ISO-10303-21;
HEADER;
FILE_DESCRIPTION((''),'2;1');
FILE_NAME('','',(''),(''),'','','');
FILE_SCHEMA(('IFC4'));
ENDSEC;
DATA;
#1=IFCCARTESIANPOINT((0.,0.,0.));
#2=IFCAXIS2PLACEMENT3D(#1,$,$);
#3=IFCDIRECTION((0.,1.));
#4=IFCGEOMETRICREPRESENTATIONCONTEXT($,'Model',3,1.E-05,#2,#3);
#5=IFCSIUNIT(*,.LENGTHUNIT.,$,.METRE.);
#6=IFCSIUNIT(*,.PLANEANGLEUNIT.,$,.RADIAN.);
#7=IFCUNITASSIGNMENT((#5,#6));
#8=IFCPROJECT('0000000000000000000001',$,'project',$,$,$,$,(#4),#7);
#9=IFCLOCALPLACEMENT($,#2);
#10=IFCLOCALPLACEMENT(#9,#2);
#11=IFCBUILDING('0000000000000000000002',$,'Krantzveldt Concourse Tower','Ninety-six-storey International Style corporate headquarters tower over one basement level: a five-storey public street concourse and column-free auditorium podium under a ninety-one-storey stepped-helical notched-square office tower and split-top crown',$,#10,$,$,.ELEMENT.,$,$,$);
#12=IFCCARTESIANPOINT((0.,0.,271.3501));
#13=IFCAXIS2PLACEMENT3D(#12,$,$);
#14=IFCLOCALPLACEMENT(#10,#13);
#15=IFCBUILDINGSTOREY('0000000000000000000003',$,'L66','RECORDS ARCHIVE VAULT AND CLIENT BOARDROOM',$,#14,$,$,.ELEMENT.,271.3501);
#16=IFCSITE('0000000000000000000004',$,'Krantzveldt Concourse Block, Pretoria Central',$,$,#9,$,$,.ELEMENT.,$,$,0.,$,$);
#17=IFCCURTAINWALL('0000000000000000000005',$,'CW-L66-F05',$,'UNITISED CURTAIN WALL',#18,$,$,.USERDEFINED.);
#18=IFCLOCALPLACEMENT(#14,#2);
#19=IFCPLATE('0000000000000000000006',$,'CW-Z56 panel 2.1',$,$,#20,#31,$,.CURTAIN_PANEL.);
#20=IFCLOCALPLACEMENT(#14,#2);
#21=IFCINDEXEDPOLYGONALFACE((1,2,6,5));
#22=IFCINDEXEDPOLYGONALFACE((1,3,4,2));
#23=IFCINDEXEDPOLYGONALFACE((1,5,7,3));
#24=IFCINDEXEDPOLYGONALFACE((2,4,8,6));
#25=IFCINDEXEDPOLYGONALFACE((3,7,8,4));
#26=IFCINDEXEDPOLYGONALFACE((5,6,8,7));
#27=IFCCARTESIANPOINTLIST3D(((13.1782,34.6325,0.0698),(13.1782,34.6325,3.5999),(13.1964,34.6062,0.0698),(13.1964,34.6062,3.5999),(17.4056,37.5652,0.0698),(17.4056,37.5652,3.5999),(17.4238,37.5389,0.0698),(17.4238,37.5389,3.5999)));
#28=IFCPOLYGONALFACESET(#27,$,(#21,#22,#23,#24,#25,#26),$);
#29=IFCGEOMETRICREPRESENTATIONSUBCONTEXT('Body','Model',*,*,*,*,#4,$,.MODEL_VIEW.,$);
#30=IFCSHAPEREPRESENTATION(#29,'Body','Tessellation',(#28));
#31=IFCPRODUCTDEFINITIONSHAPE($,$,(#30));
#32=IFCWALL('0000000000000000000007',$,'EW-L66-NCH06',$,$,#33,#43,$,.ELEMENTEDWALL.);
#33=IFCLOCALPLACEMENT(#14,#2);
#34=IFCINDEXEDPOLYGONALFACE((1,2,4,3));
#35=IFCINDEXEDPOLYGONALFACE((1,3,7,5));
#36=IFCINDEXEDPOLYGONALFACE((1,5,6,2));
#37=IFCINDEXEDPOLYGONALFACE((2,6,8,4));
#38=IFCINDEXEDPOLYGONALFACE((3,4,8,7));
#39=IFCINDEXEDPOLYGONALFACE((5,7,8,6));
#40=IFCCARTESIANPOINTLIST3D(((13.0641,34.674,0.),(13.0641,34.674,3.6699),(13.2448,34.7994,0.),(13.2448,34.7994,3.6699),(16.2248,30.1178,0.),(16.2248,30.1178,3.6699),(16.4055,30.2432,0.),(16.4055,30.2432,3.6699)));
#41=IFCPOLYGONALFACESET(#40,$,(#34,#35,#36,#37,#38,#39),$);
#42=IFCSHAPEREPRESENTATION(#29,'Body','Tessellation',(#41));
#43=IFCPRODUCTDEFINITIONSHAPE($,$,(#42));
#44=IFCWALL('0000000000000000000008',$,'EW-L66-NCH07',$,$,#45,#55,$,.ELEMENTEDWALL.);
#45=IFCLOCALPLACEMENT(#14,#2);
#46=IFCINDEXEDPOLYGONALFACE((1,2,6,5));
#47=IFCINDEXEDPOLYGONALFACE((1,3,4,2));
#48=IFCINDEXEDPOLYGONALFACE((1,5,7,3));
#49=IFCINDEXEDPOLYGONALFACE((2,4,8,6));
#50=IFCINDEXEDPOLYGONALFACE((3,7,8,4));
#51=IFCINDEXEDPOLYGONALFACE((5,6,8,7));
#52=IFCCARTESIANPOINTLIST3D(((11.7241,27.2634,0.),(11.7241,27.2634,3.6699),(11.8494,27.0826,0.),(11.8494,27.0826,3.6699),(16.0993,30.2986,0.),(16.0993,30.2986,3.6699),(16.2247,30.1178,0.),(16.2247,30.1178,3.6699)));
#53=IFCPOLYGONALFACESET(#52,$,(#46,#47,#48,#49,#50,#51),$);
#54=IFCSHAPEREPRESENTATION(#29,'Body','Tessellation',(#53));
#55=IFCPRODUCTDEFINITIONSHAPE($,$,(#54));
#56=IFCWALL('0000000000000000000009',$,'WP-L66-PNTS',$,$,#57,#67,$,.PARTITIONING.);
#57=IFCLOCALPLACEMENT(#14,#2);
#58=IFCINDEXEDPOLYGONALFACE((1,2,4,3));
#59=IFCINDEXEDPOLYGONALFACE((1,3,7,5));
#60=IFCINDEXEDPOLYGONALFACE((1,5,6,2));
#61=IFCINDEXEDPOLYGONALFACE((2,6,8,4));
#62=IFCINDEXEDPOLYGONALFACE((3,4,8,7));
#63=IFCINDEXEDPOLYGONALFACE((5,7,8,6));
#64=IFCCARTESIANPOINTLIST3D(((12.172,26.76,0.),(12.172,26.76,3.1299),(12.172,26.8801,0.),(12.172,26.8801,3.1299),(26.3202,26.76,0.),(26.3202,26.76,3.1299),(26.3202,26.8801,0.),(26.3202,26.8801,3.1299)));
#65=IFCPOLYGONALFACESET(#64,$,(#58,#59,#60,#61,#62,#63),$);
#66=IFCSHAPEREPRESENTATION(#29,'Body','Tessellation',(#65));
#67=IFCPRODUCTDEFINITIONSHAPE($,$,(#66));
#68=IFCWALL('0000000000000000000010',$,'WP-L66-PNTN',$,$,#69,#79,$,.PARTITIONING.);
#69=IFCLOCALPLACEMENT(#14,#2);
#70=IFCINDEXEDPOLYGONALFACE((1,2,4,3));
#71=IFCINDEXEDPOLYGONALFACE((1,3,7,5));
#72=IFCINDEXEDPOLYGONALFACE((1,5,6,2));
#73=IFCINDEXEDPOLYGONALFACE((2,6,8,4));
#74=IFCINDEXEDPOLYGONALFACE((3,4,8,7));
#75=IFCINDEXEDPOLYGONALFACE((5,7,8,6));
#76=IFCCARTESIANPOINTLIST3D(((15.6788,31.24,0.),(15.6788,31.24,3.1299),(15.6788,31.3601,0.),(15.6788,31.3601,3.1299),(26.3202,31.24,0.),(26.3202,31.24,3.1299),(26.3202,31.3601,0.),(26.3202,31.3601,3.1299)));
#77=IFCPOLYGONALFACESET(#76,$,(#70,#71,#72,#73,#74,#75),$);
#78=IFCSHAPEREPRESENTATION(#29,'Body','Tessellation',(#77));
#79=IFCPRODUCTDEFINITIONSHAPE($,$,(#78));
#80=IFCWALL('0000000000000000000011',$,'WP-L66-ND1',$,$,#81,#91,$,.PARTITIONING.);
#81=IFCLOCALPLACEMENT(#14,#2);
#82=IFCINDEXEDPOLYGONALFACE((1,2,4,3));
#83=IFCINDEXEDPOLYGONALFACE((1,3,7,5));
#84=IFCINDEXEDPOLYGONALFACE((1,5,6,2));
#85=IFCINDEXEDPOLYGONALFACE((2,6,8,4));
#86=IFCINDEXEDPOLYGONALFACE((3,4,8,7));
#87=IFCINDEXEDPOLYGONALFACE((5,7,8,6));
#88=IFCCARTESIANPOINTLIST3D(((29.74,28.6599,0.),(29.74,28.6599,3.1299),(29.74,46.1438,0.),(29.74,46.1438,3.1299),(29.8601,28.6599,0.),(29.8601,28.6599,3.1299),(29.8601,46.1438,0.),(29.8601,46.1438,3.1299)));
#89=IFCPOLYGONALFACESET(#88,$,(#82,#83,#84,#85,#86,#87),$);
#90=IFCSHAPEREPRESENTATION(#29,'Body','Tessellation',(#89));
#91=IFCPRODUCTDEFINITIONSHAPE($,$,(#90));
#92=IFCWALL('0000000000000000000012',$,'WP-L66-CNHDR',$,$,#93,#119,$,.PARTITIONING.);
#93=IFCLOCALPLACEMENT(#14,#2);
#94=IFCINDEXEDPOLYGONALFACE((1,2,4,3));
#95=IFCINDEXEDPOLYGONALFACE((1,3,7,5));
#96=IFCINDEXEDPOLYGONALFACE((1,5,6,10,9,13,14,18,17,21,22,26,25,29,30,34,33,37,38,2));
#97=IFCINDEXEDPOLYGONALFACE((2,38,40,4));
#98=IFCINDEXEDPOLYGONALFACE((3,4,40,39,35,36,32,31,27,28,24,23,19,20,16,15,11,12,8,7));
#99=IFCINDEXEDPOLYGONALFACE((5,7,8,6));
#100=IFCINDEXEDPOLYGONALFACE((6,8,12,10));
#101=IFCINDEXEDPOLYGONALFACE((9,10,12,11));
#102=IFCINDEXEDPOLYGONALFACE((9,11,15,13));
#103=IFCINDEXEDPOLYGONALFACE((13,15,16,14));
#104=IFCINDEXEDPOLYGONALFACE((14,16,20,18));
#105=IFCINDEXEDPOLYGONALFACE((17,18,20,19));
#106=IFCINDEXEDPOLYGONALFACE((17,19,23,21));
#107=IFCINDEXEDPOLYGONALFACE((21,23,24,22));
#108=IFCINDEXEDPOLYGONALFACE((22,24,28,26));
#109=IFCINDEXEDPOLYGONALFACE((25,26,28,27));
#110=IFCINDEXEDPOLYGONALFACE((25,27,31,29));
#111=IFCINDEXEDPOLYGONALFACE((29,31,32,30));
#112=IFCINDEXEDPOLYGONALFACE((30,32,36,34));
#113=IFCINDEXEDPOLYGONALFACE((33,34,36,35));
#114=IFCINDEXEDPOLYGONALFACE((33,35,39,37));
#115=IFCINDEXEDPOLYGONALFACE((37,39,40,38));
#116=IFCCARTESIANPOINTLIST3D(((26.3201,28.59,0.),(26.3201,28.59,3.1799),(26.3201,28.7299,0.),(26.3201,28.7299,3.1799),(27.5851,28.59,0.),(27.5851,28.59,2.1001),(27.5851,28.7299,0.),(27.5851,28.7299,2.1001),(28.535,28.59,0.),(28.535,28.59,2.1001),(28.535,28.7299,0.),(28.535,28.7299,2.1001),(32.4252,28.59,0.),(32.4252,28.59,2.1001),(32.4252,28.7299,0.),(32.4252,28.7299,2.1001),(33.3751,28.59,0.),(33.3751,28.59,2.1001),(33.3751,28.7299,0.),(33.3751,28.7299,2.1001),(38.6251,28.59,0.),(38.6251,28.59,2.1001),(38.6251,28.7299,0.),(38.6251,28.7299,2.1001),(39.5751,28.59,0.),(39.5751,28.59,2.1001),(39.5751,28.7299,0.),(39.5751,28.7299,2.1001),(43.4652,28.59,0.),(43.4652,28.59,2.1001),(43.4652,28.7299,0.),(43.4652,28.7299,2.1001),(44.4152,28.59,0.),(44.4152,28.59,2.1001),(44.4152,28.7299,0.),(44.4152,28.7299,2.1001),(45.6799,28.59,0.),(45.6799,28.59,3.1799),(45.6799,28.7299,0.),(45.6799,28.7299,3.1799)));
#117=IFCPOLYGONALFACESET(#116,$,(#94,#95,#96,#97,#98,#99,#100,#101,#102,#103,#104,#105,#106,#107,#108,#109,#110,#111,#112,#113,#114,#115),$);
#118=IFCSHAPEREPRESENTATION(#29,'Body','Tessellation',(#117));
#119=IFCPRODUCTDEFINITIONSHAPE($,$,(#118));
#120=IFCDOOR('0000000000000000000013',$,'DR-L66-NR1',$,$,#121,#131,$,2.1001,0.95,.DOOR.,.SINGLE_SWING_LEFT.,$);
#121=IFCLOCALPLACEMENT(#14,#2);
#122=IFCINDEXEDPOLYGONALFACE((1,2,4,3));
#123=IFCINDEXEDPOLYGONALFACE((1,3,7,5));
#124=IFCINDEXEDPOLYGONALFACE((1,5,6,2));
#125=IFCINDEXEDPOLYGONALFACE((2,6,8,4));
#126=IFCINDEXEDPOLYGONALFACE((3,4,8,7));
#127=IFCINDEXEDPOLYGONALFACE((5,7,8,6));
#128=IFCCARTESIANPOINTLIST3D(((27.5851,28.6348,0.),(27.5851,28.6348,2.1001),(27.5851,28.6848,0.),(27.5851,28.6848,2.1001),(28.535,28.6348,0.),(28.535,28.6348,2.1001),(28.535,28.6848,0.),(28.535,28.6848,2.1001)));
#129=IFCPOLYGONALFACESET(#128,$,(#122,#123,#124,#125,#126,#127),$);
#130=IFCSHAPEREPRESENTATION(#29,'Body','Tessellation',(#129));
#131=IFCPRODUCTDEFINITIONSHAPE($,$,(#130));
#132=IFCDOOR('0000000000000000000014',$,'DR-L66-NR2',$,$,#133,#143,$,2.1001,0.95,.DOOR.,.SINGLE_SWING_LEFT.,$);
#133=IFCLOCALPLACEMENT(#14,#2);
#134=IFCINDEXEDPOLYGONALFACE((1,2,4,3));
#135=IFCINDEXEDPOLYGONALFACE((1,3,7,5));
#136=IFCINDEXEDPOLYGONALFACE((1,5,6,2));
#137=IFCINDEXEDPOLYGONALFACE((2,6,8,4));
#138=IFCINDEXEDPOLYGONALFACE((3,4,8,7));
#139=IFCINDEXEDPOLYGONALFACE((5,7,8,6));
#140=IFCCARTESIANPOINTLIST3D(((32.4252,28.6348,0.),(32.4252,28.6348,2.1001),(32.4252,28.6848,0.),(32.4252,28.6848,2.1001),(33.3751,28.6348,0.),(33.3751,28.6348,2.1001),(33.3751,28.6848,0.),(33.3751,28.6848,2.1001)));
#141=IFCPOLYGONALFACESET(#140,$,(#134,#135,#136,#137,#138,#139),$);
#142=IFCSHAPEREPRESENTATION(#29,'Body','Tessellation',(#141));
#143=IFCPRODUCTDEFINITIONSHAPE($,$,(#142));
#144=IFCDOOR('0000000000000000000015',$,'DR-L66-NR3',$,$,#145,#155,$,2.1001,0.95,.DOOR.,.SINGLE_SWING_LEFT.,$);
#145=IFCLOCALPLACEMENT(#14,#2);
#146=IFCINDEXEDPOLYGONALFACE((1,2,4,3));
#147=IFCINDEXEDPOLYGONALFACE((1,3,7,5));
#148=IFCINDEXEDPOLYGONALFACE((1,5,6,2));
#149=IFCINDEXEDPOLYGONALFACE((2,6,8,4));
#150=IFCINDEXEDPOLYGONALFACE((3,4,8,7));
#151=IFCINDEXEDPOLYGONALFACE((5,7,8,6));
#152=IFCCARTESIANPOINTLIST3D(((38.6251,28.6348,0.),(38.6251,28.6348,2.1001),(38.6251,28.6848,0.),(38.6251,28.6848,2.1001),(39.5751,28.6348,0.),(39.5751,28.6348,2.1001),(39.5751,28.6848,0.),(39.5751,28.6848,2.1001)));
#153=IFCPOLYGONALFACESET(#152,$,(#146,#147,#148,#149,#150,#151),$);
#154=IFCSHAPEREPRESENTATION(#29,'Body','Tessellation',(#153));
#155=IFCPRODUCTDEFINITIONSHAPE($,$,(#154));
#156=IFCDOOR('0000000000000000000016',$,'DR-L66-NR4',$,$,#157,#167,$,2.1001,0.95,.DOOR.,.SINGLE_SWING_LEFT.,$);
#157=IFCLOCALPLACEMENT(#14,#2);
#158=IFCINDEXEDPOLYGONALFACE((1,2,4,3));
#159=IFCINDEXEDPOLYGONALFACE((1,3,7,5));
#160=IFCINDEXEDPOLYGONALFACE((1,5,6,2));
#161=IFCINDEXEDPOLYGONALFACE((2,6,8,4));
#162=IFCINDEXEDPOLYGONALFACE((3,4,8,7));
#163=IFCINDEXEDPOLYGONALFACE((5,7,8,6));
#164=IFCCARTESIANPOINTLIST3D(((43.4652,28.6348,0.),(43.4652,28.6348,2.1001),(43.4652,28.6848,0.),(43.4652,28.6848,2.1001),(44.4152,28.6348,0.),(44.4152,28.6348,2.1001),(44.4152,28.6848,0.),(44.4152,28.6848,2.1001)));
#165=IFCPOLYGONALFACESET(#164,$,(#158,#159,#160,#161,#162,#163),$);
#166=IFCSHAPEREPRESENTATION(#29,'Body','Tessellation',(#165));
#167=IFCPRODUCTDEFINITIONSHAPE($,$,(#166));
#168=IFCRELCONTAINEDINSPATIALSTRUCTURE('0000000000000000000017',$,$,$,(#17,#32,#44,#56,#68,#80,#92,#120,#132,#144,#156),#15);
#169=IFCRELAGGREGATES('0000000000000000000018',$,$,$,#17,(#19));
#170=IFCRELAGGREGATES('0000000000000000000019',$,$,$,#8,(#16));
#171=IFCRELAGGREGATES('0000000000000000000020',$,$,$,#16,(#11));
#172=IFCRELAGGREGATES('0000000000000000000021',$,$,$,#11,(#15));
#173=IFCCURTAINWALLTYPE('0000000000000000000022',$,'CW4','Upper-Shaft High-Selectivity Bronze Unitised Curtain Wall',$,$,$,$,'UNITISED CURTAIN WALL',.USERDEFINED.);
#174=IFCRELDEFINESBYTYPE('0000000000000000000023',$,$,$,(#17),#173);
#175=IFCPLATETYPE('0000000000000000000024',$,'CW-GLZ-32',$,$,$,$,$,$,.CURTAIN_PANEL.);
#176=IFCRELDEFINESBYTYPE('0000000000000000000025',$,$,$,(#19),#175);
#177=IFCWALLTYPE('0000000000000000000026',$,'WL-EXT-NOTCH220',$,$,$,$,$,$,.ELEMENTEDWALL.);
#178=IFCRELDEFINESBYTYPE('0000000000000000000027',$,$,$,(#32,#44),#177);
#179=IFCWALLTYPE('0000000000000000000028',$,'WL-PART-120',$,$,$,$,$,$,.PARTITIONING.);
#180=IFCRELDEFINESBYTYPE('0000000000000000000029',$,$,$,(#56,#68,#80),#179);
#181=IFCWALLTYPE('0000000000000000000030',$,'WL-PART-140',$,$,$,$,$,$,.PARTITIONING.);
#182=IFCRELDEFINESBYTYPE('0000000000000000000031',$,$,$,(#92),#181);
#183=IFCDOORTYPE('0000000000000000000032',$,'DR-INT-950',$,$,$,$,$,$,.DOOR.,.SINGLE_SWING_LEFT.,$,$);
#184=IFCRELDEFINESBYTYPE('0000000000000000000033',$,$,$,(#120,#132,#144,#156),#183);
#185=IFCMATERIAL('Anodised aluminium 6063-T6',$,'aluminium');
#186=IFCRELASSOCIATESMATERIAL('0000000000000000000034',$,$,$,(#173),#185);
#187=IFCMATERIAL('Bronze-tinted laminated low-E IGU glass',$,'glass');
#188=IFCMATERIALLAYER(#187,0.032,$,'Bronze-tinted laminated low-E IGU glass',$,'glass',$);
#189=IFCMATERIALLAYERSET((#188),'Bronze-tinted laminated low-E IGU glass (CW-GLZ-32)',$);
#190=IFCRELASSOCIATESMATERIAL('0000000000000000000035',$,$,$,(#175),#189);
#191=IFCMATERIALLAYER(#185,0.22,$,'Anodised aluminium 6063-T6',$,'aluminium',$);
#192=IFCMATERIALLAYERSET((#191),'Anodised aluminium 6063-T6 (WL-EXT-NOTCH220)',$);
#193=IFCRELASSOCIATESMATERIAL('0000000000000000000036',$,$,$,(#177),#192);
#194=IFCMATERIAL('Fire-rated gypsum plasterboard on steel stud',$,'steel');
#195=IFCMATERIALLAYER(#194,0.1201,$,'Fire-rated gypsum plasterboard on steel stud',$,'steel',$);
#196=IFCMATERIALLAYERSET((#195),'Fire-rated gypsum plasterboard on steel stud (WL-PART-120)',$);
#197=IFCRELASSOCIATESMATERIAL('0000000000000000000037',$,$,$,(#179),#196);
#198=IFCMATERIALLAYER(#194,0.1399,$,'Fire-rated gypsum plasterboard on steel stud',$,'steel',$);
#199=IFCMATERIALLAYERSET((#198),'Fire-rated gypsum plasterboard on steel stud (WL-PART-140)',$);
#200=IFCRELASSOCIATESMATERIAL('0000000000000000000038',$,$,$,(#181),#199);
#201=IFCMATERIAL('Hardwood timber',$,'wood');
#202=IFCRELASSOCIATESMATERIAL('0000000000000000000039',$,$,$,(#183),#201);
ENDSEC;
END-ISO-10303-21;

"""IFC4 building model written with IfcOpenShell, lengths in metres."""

from ifc_helpers import new_model, si_unit, direction, frame, frame_2d, origin, origin_2d, place, context, subcontext, project, spatial, rectangle, extrude, source, transform, mapped, material, layer, layer_set, type_object, type_shapes, element, fill, aggregate, save


model = new_model("IFC4")

# Units and contexts
model_context = context("Model", 3, precision=1e-05, world=origin(), true_north=direction((0.0, 1.0)))
body_context = subcontext(model_context, "Body", "Model", "MODEL_VIEW")
ifc_project = project(units=[si_unit("LENGTHUNIT", "METRE"), si_unit("PLANEANGLEUNIT", "RADIAN")], contexts=[model_context])

# Site, building, storey
site_placement = place(None, origin())
site = spatial("IfcSite", under=ifc_project, at=site_placement, Name="Krantzveldt Concourse Block, Pretoria Central", CompositionType="ELEMENT", RefElevation=0.0)
building_placement = place(site_placement, origin())
building = spatial("IfcBuilding", under=site, at=building_placement, Name="Krantzveldt Concourse Tower", Description="Ninety-six-storey International Style corporate headquarters tower over one basement level: a five-storey public street concourse and column-free auditorium podium under a ninety-one-storey stepped-helical notched-square office tower and split-top crown", CompositionType="ELEMENT")
storey_placement = place(building_placement, frame((0.0, 0.0, 271.3501)))
storey = spatial("IfcBuildingStorey", under=building, at=storey_placement, Name="L66", Description="RECORDS ARCHIVE VAULT AND CLIENT BOARDROOM", CompositionType="ELEMENT", Elevation=271.3501)

# Curtain wall
ifc_material_1 = material(Name="Anodised aluminium 6063-T6", Category="aluminium")
curtain_wall_type = type_object("IfcCurtainWallType", Name="CW4", Description="Upper-Shaft High-Selectivity Bronze Unitised Curtain Wall", ElementType="UNITISED CURTAIN WALL", PredefinedType="USERDEFINED", material=ifc_material_1)
curtain_wall_1_placement = place(storey_placement, origin())
curtain_wall_1 = element("IfcCurtainWall", 1, at=curtain_wall_1_placement, inside=storey, type_object=curtain_wall_type, Name="CW-L66-F05", ObjectType="UNITISED CURTAIN WALL", PredefinedType="USERDEFINED")

# Plate
ifc_material_2 = material(Name="Bronze-tinted laminated low-E IGU glass", Category="glass")
ifc_layer_1 = layer(ifc_material_2, 0.032, Name="Bronze-tinted laminated low-E IGU glass", Category="glass")
ifc_layer_set_1 = layer_set([ifc_layer_1], Name="Bronze-tinted laminated low-E IGU glass (CW-GLZ-32)")
plate_type = type_object("IfcPlateType", Name="CW-GLZ-32", PredefinedType="CURTAIN_PANEL", material=ifc_layer_set_1)
shared_shape_1 = source(origin(), body_context, "Body", "SweptSolid", [
    extrude(rectangle(XDim=5.145, YDim=0.032, at=origin_2d()), origin(), (0.0, 0.0, 1.0), 3.53),
])
type_shapes(plate_type, [shared_shape_1])
plate_placement = place(storey_placement, frame((15.301, 36.0857, 0.0698), z_axis=(0.0, 0.0, 1.0), x_axis=(-0.821647, -0.569996, 0.0)))
plate = element("IfcPlate", 2, at=plate_placement, type_object=plate_type, Name="CW-Z56 panel 2.1", PredefinedType="CURTAIN_PANEL", context=body_context, shape_type="MappedRepresentation", body=[
    mapped(shared_shape_1, transform((0.0, 0.0, 0.0), x_axis=(1.0, 0.0, 0.0), y_axis=(0.0, 1.0, 0.0), z_axis=(0.0, 0.0, 1.0), scale=1.0)),
])
aggregate(curtain_wall_1, [plate])

# Walls
ifc_layer_2 = layer(ifc_material_1, 0.22, Name="Anodised aluminium 6063-T6", Category="aluminium")
ifc_layer_set_2 = layer_set([ifc_layer_2], Name="Anodised aluminium 6063-T6 (WL-EXT-NOTCH220)")
wall_type_1 = type_object("IfcWallType", Name="WL-EXT-NOTCH220", PredefinedType="ELEMENTEDWALL", material=ifc_layer_set_2)
wall_1_placement = place(storey_placement, frame((13.1545, 34.7366, 0.0), z_axis=(0.0, 0.0, 1.0), x_axis=(0.569988, -0.821653, 0.0)))
element("IfcWall", 3, at=wall_1_placement, inside=storey, type_object=wall_type_1, Name="EW-L66-NCH06", PredefinedType="ELEMENTEDWALL", context=body_context, shape_type="SweptSolid", body=[
    extrude(rectangle(XDim=5.5452, YDim=0.22, at=frame_2d((2.7725, 0.0))), origin(), (0.0, 0.0, 1.0), 3.6699),
])
wall_2_placement = place(storey_placement, frame((16.1621, 30.2083, 0.0), z_axis=(0.0, 0.0, 1.0), x_axis=(-0.821652, -0.569989, 0.0)))
element("IfcWall", 4, at=wall_2_placement, inside=storey, type_object=wall_type_1, Name="EW-L66-NCH07", PredefinedType="ELEMENTEDWALL", context=body_context, shape_type="SweptSolid", body=[
    extrude(rectangle(XDim=5.325, YDim=0.22, at=frame_2d((2.6626, 0.0))), origin(), (0.0, 0.0, 1.0), 3.6699),
])
ifc_material_3 = material(Name="Fire-rated gypsum plasterboard on steel stud", Category="steel")
ifc_layer_3 = layer(ifc_material_3, 0.1201, Name="Fire-rated gypsum plasterboard on steel stud", Category="steel")
ifc_layer_set_3 = layer_set([ifc_layer_3], Name="Fire-rated gypsum plasterboard on steel stud (WL-PART-120)")
wall_type_2 = type_object("IfcWallType", Name="WL-PART-120", PredefinedType="PARTITIONING", material=ifc_layer_set_3)
wall_3_placement = place(storey_placement, frame((12.1719, 26.8201, 0.0), z_axis=(0.0, 0.0, 1.0), x_axis=(1.0, 0.0, 0.0)))
element("IfcWall", 5, at=wall_3_placement, inside=storey, type_object=wall_type_2, Name="WP-L66-PNTS", PredefinedType="PARTITIONING", context=body_context, shape_type="SweptSolid", body=[
    extrude(rectangle(XDim=14.1482, YDim=0.1201, at=frame_2d((7.0742, 0.0))), origin(), (0.0, 0.0, 1.0), 3.1299),
])
wall_4_placement = place(storey_placement, frame((15.6787, 31.3, 0.0), z_axis=(0.0, 0.0, 1.0), x_axis=(1.0, 0.0, 0.0)))
element("IfcWall", 6, at=wall_4_placement, inside=storey, type_object=wall_type_2, Name="WP-L66-PNTN", PredefinedType="PARTITIONING", context=body_context, shape_type="SweptSolid", body=[
    extrude(rectangle(XDim=10.6414, YDim=0.1201, at=frame_2d((5.3208, 0.0))), origin(), (0.0, 0.0, 1.0), 3.1299),
])
wall_5_placement = place(storey_placement, frame((29.8, 28.6599, 0.0), z_axis=(0.0, 0.0, 1.0), x_axis=(0.0, 1.0, 0.0)))
element("IfcWall", 7, at=wall_5_placement, inside=storey, type_object=wall_type_2, Name="WP-L66-ND1", PredefinedType="PARTITIONING", context=body_context, shape_type="SweptSolid", body=[
    extrude(rectangle(XDim=17.4839, YDim=0.1201, at=frame_2d((8.7419, 0.0))), origin(), (0.0, 0.0, 1.0), 3.1299),
])

# Wall, openings, doors
ifc_layer_4 = layer(ifc_material_3, 0.1399, Name="Fire-rated gypsum plasterboard on steel stud", Category="steel")
ifc_layer_set_4 = layer_set([ifc_layer_4], Name="Fire-rated gypsum plasterboard on steel stud (WL-PART-140)")
wall_type_3 = type_object("IfcWallType", Name="WL-PART-140", PredefinedType="PARTITIONING", material=ifc_layer_set_4)
wall_6_placement = place(storey_placement, frame((26.3201, 28.6599, 0.0), z_axis=(0.0, 0.0, 1.0), x_axis=(1.0, 0.0, 0.0)))
wall_6 = element("IfcWall", 8, at=wall_6_placement, inside=storey, type_object=wall_type_3, Name="WP-L66-CNHDR", PredefinedType="PARTITIONING", context=body_context, shape_type="SweptSolid", body=[
    extrude(rectangle(XDim=19.3599, YDim=0.1399, at=frame_2d((9.6799, 0.0))), origin(), (0.0, 0.0, 1.0), 3.1799),
])
opening_1_placement = place(wall_6_placement, frame((1.2649, 0.0, 0.0)))
opening_1 = element("IfcOpeningElement", 9, at=opening_1_placement, cuts=wall_6, PredefinedType="OPENING", context=body_context, shape_type="SweptSolid", body=[
    extrude(rectangle(XDim=0.95, YDim=2.1001, at=frame_2d((0.4751, 1.05))), frame((0.0, 0.0801, 0.0), z_axis=(0.0, -1.0, 0.0), x_axis=(1.0, 0.0, 0.0)), (0.0, 0.0, 1.0), 0.1599),
])
opening_2_placement = place(wall_6_placement, frame((6.105, 0.0, 0.0)))
opening_2 = element("IfcOpeningElement", 10, at=opening_2_placement, cuts=wall_6, PredefinedType="OPENING", context=body_context, shape_type="SweptSolid", body=[
    extrude(rectangle(XDim=0.95, YDim=2.1001, at=frame_2d((0.4751, 1.05))), frame((0.0, 0.0801, 0.0), z_axis=(0.0, -1.0, 0.0), x_axis=(1.0, 0.0, 0.0)), (0.0, 0.0, 1.0), 0.1599),
])
opening_3_placement = place(wall_6_placement, frame((12.3049, 0.0, 0.0)))
opening_3 = element("IfcOpeningElement", 11, at=opening_3_placement, cuts=wall_6, PredefinedType="OPENING", context=body_context, shape_type="SweptSolid", body=[
    extrude(rectangle(XDim=0.95, YDim=2.1001, at=frame_2d((0.4751, 1.05))), frame((0.0, 0.0801, 0.0), z_axis=(0.0, -1.0, 0.0), x_axis=(1.0, 0.0, 0.0)), (0.0, 0.0, 1.0), 0.1599),
])
opening_4_placement = place(wall_6_placement, frame((17.145, 0.0, 0.0)))
opening_4 = element("IfcOpeningElement", 12, at=opening_4_placement, cuts=wall_6, PredefinedType="OPENING", context=body_context, shape_type="SweptSolid", body=[
    extrude(rectangle(XDim=0.95, YDim=2.1001, at=frame_2d((0.4751, 1.05))), frame((0.0, 0.0801, 0.0), z_axis=(0.0, -1.0, 0.0), x_axis=(1.0, 0.0, 0.0)), (0.0, 0.0, 1.0), 0.1599),
])
ifc_material_4 = material(Name="Hardwood timber", Category="wood")
door_type = type_object("IfcDoorType", Name="DR-INT-950", OperationType="SINGLE_SWING_LEFT", PredefinedType="DOOR", material=ifc_material_4)
door_1_placement = place(opening_1_placement, origin())
door_1 = element("IfcDoor", 13, at=door_1_placement, inside=storey, type_object=door_type, Name="DR-L66-NR1", OperationType="SINGLE_SWING_LEFT", OverallHeight=2.1001, OverallWidth=0.95, PredefinedType="DOOR", context=body_context, shape_type="SweptSolid", body=[
    extrude(rectangle(XDim=0.95, YDim=2.1001, at=frame_2d((0.4751, 1.05))), frame((0.0, 0.0249, 0.0), z_axis=(0.0, -1.0, 0.0), x_axis=(1.0, 0.0, 0.0)), (0.0, 0.0, 1.0), 0.05),
])
fill(opening_1, door_1)
door_2_placement = place(opening_2_placement, origin())
door_2 = element("IfcDoor", 14, at=door_2_placement, inside=storey, type_object=door_type, Name="DR-L66-NR2", OperationType="SINGLE_SWING_LEFT", OverallHeight=2.1001, OverallWidth=0.95, PredefinedType="DOOR", context=body_context, shape_type="SweptSolid", body=[
    extrude(rectangle(XDim=0.95, YDim=2.1001, at=frame_2d((0.4751, 1.05))), frame((0.0, 0.0249, 0.0), z_axis=(0.0, -1.0, 0.0), x_axis=(1.0, 0.0, 0.0)), (0.0, 0.0, 1.0), 0.05),
])
fill(opening_2, door_2)
door_3_placement = place(opening_3_placement, origin())
door_3 = element("IfcDoor", 15, at=door_3_placement, inside=storey, type_object=door_type, Name="DR-L66-NR3", OperationType="SINGLE_SWING_LEFT", OverallHeight=2.1001, OverallWidth=0.95, PredefinedType="DOOR", context=body_context, shape_type="SweptSolid", body=[
    extrude(rectangle(XDim=0.95, YDim=2.1001, at=frame_2d((0.4751, 1.05))), frame((0.0, 0.0249, 0.0), z_axis=(0.0, -1.0, 0.0), x_axis=(1.0, 0.0, 0.0)), (0.0, 0.0, 1.0), 0.05),
])
fill(opening_3, door_3)
door_4_placement = place(opening_4_placement, origin())
door_4 = element("IfcDoor", 16, at=door_4_placement, inside=storey, type_object=door_type, Name="DR-L66-NR4", OperationType="SINGLE_SWING_LEFT", OverallHeight=2.1001, OverallWidth=0.95, PredefinedType="DOOR", context=body_context, shape_type="SweptSolid", body=[
    extrude(rectangle(XDim=0.95, YDim=2.1001, at=frame_2d((0.4751, 1.05))), frame((0.0, 0.0249, 0.0), z_axis=(0.0, -1.0, 0.0), x_axis=(1.0, 0.0, 0.0)), (0.0, 0.0, 1.0), 0.05),
])
fill(opening_4, door_4)

save(model, "model.ifc")
